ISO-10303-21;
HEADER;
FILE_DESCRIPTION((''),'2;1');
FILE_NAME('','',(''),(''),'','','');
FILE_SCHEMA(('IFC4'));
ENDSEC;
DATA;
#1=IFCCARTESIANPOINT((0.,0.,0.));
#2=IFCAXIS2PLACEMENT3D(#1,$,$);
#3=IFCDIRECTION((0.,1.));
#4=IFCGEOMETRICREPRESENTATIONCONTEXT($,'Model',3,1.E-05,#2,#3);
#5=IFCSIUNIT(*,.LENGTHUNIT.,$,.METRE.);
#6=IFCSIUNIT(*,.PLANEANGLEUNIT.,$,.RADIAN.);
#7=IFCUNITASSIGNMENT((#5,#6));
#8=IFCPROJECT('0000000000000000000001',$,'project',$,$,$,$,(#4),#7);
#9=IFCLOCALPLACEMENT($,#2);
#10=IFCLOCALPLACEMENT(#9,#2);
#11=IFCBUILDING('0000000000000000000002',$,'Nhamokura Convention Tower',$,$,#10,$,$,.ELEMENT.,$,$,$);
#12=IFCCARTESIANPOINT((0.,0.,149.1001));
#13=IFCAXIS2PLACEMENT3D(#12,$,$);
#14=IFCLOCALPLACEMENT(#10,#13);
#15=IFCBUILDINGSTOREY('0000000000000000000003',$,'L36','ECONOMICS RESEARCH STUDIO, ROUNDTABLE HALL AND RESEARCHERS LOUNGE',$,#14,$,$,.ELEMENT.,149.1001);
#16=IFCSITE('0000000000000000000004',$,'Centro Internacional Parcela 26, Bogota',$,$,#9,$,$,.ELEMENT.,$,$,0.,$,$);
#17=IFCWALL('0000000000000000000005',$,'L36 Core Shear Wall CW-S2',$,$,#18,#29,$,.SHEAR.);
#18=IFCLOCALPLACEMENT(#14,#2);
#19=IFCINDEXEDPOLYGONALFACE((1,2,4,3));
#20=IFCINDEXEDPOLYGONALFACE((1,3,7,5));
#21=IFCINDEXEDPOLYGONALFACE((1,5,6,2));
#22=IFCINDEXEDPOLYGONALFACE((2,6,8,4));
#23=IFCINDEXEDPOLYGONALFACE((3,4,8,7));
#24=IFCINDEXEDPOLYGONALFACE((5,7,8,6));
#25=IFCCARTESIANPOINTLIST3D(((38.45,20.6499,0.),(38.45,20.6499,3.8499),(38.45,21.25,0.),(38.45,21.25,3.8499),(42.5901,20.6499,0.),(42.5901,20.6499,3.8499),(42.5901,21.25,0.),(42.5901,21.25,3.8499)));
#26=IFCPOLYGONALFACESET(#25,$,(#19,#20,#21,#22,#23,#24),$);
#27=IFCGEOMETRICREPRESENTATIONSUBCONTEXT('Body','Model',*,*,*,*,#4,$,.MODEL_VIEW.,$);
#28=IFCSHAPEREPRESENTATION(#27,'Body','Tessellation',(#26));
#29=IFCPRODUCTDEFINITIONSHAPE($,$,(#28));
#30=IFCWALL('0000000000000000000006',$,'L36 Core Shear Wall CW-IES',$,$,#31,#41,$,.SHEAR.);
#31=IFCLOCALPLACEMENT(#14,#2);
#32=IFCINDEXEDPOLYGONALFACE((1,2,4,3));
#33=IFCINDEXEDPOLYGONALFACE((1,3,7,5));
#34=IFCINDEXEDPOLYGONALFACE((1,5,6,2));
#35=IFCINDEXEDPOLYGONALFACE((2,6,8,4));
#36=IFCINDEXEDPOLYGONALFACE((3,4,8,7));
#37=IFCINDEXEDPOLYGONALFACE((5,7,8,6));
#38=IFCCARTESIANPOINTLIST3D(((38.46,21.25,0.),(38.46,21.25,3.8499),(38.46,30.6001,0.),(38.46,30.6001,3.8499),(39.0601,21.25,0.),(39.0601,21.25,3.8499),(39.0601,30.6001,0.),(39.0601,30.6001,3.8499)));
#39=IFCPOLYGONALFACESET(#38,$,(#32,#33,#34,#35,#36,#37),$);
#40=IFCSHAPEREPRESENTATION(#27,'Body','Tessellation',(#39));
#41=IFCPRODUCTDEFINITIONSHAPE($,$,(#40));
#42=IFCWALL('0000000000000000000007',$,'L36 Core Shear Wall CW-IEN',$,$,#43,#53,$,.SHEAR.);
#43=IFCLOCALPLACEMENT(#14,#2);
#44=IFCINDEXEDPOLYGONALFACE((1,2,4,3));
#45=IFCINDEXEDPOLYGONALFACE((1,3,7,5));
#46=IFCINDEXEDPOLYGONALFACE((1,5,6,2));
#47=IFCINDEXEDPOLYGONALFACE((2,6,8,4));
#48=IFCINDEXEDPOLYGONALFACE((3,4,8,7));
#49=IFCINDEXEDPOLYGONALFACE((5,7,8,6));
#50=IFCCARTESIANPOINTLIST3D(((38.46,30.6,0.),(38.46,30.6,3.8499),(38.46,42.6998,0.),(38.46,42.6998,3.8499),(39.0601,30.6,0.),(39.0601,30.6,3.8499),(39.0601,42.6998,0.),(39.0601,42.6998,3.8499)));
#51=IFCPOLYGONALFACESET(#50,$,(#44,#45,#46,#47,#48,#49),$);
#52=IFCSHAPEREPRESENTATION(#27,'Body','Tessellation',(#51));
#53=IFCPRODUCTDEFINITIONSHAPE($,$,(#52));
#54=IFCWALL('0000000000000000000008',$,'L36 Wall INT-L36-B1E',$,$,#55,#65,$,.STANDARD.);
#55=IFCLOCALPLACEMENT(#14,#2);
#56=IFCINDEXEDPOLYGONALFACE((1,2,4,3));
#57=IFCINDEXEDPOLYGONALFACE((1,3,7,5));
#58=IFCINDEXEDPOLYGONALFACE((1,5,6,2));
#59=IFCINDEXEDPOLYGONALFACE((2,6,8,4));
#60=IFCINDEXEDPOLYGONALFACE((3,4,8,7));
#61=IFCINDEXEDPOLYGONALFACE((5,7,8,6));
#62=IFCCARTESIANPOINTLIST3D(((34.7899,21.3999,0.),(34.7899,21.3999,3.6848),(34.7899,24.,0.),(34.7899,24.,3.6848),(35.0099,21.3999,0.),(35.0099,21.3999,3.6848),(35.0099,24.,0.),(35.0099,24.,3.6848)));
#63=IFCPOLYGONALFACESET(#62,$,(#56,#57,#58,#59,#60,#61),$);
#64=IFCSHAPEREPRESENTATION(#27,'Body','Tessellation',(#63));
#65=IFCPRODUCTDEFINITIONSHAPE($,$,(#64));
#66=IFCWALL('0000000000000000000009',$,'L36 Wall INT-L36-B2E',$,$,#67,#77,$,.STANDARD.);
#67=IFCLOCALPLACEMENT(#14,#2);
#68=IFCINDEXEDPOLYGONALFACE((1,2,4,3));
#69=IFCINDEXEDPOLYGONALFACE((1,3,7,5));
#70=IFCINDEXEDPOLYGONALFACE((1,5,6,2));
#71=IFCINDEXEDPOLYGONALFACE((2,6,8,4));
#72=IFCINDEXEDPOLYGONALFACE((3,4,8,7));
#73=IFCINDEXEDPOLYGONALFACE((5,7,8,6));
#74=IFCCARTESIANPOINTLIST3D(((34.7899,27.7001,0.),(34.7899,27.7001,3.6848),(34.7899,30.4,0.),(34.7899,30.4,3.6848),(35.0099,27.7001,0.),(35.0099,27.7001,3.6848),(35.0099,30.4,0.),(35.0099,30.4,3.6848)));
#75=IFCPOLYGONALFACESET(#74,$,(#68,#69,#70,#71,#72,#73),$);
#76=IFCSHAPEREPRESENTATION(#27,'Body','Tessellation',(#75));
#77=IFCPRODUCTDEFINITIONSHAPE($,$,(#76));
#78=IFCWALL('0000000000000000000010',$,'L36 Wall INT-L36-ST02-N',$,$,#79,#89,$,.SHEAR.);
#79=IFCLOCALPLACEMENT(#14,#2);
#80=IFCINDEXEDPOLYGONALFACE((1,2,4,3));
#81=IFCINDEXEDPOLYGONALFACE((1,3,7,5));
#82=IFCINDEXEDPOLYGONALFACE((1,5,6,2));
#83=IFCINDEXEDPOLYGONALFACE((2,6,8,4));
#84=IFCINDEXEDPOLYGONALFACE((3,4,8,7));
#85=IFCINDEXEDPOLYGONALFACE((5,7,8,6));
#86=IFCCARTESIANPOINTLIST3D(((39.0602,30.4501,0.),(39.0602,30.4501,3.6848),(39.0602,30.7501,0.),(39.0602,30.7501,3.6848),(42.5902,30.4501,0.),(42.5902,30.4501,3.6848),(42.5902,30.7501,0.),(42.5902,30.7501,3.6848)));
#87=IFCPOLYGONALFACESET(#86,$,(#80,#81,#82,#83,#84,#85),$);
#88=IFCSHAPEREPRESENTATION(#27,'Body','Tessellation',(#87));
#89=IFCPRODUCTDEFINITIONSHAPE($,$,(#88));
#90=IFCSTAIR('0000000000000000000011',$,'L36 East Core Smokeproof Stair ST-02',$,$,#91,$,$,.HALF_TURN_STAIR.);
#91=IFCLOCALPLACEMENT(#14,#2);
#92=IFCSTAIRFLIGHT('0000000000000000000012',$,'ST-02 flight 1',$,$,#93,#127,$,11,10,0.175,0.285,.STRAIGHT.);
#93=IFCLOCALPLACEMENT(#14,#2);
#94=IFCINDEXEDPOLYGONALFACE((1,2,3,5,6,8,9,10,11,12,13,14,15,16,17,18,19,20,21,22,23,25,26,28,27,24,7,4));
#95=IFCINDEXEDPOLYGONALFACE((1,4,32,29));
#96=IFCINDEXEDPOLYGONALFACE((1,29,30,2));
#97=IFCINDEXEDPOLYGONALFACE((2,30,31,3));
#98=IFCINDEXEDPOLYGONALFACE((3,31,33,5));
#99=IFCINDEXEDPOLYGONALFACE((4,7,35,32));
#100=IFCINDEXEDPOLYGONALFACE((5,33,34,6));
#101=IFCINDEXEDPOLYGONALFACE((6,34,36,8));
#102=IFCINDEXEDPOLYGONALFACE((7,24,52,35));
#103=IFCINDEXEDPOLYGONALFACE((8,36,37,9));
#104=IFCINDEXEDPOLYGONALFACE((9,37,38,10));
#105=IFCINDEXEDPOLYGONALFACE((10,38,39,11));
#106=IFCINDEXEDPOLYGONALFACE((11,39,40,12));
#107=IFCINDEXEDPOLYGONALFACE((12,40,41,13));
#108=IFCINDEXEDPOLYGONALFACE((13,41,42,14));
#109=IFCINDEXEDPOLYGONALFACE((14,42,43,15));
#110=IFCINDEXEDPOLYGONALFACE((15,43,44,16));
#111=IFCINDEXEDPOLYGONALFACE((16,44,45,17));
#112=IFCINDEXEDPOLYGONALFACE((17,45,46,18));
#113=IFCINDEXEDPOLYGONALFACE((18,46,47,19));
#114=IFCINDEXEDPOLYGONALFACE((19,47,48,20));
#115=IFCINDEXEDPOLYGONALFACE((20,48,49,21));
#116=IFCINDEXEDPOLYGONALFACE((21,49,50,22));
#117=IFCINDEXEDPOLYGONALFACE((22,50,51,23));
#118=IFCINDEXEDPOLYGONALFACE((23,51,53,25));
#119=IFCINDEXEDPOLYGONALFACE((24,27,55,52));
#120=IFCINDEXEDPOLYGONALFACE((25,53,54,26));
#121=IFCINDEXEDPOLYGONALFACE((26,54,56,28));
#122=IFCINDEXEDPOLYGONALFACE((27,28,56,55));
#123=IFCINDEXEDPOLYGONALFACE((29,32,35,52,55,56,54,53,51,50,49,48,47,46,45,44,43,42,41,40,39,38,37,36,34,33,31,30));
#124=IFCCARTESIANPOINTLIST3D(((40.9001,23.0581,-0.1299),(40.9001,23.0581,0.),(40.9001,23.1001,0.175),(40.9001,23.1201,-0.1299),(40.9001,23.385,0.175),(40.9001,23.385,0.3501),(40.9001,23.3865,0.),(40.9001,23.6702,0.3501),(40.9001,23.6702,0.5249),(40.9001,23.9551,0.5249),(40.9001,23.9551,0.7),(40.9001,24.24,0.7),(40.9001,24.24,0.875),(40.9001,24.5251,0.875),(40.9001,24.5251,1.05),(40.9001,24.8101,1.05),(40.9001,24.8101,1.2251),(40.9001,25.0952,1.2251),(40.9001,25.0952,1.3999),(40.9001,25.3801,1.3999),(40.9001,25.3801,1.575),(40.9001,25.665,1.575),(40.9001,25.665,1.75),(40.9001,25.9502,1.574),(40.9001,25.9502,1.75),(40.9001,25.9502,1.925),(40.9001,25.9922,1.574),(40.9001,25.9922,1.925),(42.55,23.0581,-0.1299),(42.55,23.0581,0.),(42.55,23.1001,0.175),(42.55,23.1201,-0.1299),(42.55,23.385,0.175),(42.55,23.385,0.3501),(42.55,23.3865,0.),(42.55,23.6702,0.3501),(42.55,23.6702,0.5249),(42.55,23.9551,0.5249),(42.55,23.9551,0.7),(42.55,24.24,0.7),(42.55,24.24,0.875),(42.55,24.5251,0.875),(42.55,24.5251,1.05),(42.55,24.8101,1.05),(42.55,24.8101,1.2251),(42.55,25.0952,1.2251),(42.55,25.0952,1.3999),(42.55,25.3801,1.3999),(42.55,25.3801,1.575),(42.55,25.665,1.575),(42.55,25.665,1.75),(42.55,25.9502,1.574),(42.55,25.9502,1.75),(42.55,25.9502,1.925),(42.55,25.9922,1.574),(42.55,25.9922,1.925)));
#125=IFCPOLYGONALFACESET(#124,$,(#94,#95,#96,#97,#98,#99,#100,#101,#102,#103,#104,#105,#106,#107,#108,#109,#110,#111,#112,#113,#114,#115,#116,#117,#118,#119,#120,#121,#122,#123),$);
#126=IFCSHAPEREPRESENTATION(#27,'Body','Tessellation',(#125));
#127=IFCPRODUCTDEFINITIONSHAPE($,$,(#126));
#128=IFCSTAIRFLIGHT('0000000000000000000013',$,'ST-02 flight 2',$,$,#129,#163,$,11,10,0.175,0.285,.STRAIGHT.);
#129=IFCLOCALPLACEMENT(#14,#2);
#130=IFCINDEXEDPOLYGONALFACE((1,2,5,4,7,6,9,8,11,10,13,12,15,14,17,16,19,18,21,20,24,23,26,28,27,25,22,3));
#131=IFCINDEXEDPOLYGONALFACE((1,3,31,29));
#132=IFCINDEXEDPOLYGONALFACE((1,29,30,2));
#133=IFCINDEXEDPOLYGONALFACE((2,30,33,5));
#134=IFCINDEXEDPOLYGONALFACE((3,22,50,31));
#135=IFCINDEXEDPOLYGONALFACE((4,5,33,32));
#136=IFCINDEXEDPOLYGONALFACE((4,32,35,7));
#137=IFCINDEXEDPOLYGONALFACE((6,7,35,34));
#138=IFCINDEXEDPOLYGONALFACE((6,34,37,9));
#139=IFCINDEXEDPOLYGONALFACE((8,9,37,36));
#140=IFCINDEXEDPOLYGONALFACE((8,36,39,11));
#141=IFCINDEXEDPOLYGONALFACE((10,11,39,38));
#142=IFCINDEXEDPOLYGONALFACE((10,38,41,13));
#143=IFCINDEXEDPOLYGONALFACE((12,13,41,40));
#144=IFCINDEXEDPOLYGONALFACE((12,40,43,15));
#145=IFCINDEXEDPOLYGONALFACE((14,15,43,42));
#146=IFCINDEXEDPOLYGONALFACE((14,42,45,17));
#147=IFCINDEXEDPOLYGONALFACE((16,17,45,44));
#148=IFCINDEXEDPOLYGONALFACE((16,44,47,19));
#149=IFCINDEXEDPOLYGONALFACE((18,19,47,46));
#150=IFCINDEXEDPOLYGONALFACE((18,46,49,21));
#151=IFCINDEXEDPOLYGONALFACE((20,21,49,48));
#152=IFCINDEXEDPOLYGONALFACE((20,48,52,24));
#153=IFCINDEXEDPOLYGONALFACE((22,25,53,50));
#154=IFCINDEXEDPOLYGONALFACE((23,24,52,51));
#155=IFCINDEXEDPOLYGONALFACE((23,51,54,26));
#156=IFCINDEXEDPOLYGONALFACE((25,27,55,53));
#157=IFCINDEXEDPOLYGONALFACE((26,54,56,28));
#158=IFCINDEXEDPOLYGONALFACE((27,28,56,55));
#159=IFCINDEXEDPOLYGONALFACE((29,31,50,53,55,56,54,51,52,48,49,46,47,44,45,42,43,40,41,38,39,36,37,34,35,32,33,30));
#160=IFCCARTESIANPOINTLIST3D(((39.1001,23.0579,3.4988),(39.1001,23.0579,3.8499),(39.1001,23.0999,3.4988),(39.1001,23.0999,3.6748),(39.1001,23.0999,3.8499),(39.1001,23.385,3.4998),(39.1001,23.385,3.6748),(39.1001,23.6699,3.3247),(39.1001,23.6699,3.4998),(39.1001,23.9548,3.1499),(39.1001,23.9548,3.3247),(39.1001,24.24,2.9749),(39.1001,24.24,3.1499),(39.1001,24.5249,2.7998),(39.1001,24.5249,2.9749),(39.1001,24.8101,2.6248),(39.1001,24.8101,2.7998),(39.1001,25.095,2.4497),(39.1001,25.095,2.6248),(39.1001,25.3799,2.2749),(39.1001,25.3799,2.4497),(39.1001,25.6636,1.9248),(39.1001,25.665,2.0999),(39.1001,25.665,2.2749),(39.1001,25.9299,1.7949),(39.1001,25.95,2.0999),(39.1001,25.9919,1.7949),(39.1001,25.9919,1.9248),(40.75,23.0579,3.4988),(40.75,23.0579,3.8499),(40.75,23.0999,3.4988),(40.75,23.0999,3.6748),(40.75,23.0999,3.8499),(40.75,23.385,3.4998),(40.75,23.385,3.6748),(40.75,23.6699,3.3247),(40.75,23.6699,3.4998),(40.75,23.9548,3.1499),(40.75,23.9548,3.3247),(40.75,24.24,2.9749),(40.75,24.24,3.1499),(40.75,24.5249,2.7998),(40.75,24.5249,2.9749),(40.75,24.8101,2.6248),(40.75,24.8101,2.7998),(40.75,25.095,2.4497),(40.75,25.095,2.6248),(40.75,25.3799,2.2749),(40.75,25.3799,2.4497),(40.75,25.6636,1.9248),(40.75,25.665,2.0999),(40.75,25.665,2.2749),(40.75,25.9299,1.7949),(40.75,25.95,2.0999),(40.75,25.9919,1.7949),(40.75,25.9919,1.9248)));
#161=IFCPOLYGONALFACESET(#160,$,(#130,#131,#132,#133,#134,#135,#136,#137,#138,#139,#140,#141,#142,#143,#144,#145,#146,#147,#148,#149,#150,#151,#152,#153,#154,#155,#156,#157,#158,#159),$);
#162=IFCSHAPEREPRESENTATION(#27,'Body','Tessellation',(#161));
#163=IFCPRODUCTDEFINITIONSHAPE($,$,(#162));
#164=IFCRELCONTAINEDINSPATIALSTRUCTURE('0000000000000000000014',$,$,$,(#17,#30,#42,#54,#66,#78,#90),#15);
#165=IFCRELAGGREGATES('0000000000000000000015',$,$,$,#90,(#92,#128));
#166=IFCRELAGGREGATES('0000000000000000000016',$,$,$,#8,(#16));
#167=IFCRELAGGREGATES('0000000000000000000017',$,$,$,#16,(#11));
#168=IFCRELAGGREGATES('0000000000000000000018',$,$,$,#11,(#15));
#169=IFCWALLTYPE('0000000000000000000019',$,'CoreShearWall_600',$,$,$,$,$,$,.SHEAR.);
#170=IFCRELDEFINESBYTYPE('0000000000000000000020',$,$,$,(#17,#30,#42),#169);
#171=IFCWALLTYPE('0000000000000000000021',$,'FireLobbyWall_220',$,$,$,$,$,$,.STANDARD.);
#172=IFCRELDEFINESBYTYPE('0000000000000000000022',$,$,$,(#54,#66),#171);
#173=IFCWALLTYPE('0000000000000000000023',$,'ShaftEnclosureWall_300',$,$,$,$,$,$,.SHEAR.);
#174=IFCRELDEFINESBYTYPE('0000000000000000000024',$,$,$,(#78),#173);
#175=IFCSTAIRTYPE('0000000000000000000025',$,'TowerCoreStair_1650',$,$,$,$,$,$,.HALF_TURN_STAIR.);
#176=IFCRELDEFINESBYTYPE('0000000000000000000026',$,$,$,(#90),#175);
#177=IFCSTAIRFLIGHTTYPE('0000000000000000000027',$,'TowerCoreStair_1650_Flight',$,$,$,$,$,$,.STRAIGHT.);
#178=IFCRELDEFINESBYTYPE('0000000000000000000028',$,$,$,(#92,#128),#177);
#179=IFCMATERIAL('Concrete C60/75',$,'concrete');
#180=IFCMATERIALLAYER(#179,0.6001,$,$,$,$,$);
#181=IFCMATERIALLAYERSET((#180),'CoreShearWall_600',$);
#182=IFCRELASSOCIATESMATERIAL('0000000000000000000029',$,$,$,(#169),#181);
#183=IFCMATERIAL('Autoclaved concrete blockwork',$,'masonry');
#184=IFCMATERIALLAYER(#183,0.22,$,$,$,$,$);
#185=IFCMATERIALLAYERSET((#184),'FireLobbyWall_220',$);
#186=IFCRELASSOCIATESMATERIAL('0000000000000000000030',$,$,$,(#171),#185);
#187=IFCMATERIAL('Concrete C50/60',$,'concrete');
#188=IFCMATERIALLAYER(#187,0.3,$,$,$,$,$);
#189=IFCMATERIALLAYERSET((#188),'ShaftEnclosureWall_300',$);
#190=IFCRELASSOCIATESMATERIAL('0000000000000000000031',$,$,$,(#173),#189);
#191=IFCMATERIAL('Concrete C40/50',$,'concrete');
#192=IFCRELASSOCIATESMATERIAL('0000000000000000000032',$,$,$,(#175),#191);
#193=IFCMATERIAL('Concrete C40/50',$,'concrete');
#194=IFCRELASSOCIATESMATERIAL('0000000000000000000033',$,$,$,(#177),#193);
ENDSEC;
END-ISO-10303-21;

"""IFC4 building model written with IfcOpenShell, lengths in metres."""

from ifc_helpers import new_model, si_unit, direction, frame, frame_2d, origin, place, context, subcontext, project, spatial, polyline, rectangle, outline, extrude, material, layer, layer_set, type_object, element, aggregate, save


model = new_model("IFC4")

# Units and contexts
model_context = context("Model", 3, precision=1e-05, world=origin(), true_north=direction((0.0, 1.0)))
body_context = subcontext(model_context, "Body", "Model", "MODEL_VIEW")
ifc_project = project(units=[si_unit("LENGTHUNIT", "METRE"), si_unit("PLANEANGLEUNIT", "RADIAN")], contexts=[model_context])

# Site, building, storey
site_placement = place(None, origin())
site = spatial("IfcSite", under=ifc_project, at=site_placement, Name="Centro Internacional Parcela 26, Bogota", CompositionType="ELEMENT", RefElevation=0.0)
building_placement = place(site_placement, origin())
building = spatial("IfcBuilding", under=site, at=building_placement, Name="Nhamokura Convention Tower", CompositionType="ELEMENT")
storey_placement = place(building_placement, frame((0.0, 0.0, 149.1001)))
storey = spatial("IfcBuildingStorey", under=building, at=storey_placement, Name="L36", Description="ECONOMICS RESEARCH STUDIO, ROUNDTABLE HALL AND RESEARCHERS LOUNGE", CompositionType="ELEMENT", Elevation=149.1001)

# Shared definitions
ifc_material_1 = material(Name="Concrete C60/75", Category="concrete")
ifc_layer_1 = layer(ifc_material_1, 0.6001)
ifc_layer_set_1 = layer_set([ifc_layer_1], Name="CoreShearWall_600")
wall_type_1 = type_object("IfcWallType", Name="CoreShearWall_600", PredefinedType="SHEAR", material=ifc_layer_set_1)

# Walls
wall_1_placement = place(storey_placement, frame((38.45, 20.95, 0.0), z_axis=(0.0, 0.0, 1.0), x_axis=(1.0, 0.0, 0.0)))
element("IfcWall", 1, at=wall_1_placement, inside=storey, type_object=wall_type_1, Name="L36 Core Shear Wall CW-S2", PredefinedType="SHEAR", context=body_context, shape_type="SweptSolid", body=[
    extrude(rectangle(XDim=4.1401, YDim=0.6001, at=frame_2d((2.0701, 0.0))), origin(), (0.0, 0.0, 1.0), 3.8499),
])
wall_2_placement = place(storey_placement, frame((38.76, 21.25, 0.0), z_axis=(0.0, 0.0, 1.0), x_axis=(0.0, 1.0, 0.0)))
element("IfcWall", 2, at=wall_2_placement, inside=storey, type_object=wall_type_1, Name="L36 Core Shear Wall CW-IES", PredefinedType="SHEAR", context=body_context, shape_type="SweptSolid", body=[
    extrude(rectangle(XDim=9.3501, YDim=0.6001, at=frame_2d((4.675, 0.0))), origin(), (0.0, 0.0, 1.0), 3.8499),
])
wall_3_placement = place(storey_placement, frame((38.76, 30.6001, 0.0), z_axis=(0.0, 0.0, 1.0), x_axis=(0.0, 1.0, 0.0)))
element("IfcWall", 3, at=wall_3_placement, inside=storey, type_object=wall_type_1, Name="L36 Core Shear Wall CW-IEN", PredefinedType="SHEAR", context=body_context, shape_type="SweptSolid", body=[
    extrude(rectangle(XDim=12.0999, YDim=0.6001, at=frame_2d((6.0498, 0.0))), origin(), (0.0, 0.0, 1.0), 3.8499),
])
ifc_material_2 = material(Name="Autoclaved concrete blockwork", Category="masonry")
ifc_layer_2 = layer(ifc_material_2, 0.22)
ifc_layer_set_2 = layer_set([ifc_layer_2], Name="FireLobbyWall_220")
wall_type_2 = type_object("IfcWallType", Name="FireLobbyWall_220", PredefinedType="STANDARD", material=ifc_layer_set_2)
wall_4_placement = place(storey_placement, frame((34.8999, 21.3999, 0.0), z_axis=(0.0, 0.0, 1.0), x_axis=(0.0, 1.0, 0.0)))
element("IfcWall", 4, at=wall_4_placement, inside=storey, type_object=wall_type_2, Name="L36 Wall INT-L36-B1E", PredefinedType="STANDARD", context=body_context, shape_type="SweptSolid", body=[
    extrude(rectangle(XDim=2.6001, YDim=0.22, at=frame_2d((1.3, 0.0))), origin(), (0.0, 0.0, 1.0), 3.6848),
])
wall_5_placement = place(storey_placement, frame((34.8999, 27.7, 0.0), z_axis=(0.0, 0.0, 1.0), x_axis=(0.0, 1.0, 0.0)))
element("IfcWall", 5, at=wall_5_placement, inside=storey, type_object=wall_type_2, Name="L36 Wall INT-L36-B2E", PredefinedType="STANDARD", context=body_context, shape_type="SweptSolid", body=[
    extrude(rectangle(XDim=2.7, YDim=0.22, at=frame_2d((1.3501, 0.0))), origin(), (0.0, 0.0, 1.0), 3.6848),
])
ifc_material_3 = material(Name="Concrete C50/60", Category="concrete")
ifc_layer_3 = layer(ifc_material_3, 0.3)
ifc_layer_set_3 = layer_set([ifc_layer_3], Name="ShaftEnclosureWall_300")
wall_type_3 = type_object("IfcWallType", Name="ShaftEnclosureWall_300", PredefinedType="SHEAR", material=ifc_layer_set_3)
wall_6_placement = place(storey_placement, frame((39.0601, 30.6001, 0.0), z_axis=(0.0, 0.0, 1.0), x_axis=(1.0, 0.0, 0.0)))
element("IfcWall", 6, at=wall_6_placement, inside=storey, type_object=wall_type_3, Name="L36 Wall INT-L36-ST02-N", PredefinedType="SHEAR", context=body_context, shape_type="SweptSolid", body=[
    extrude(rectangle(XDim=3.53, YDim=0.3, at=frame_2d((1.7651, 0.0))), origin(), (0.0, 0.0, 1.0), 3.6848),
])

# Stair, stair flights
ifc_material_4 = material(Name="Concrete C40/50", Category="concrete")
stair_type = type_object("IfcStairType", Name="TowerCoreStair_1650", PredefinedType="HALF_TURN_STAIR", material=ifc_material_4)
stair_placement = place(storey_placement, origin())
stair = element("IfcStair", 7, at=stair_placement, inside=storey, type_object=stair_type, Name="L36 East Core Smokeproof Stair ST-02", PredefinedType="HALF_TURN_STAIR")
ifc_material_5 = material(Name="Concrete C40/50", Category="concrete")
stair_flight_type = type_object("IfcStairFlightType", Name="TowerCoreStair_1650_Flight", PredefinedType="STRAIGHT", material=ifc_material_5)
stair_flight_1_placement = place(storey_placement, frame((41.7251, 23.1001, 0.0), z_axis=(0.0, 0.0, 1.0), x_axis=(0.0, 1.0, 0.0)))
stair_flight_1 = element("IfcStairFlight", 8, at=stair_flight_1_placement, type_object=stair_flight_type, Name="ST-02 flight 1", NumberOfRisers=11, NumberOfTreads=10, PredefinedType="STRAIGHT", RiserHeight=0.175, TreadLength=0.285, context=body_context, shape_type="SweptSolid", body=[
    extrude(outline(polyline([(-0.042, 0.0), (0.0, 0.175), (0.2849, 0.175), (0.2849, 0.3501), (0.5701, 0.3501), (0.5701, 0.5249), (0.855, 0.5249), (0.855, 0.7), (1.1399, 0.7), (1.1399, 0.875), (1.425, 0.875), (1.425, 1.05), (1.71, 1.05), (1.71, 1.2251), (1.9951, 1.2251), (1.9951, 1.3999), (2.28, 1.3999), (2.28, 1.575), (2.5649, 1.575), (2.5649, 1.75), (2.8501, 1.75), (2.8501, 1.925), (2.8921, 1.925), (2.8921, 1.574), (2.8501, 1.574), (0.2864, 0.0), (0.02, -0.1299), (-0.042, -0.1299), (-0.042, 0.0)])), frame((0.0, 0.825, 0.0), z_axis=(0.0, -1.0, 0.0), x_axis=(1.0, 0.0, 0.0)), (0.0, 0.0, 1.0), 1.6499),
])
stair_flight_2_placement = place(storey_placement, frame((39.925, 25.95, 1.9248), z_axis=(0.0, 0.0, 1.0), x_axis=(0.0, -1.0, 0.0)))
stair_flight_2 = element("IfcStairFlight", 9, at=stair_flight_2_placement, type_object=stair_flight_type, Name="ST-02 flight 2", NumberOfRisers=11, NumberOfTreads=10, PredefinedType="STRAIGHT", RiserHeight=0.175, TreadLength=0.285, context=body_context, shape_type="SweptSolid", body=[
    extrude(outline(polyline([(-0.042, 0.0), (0.0, 0.175), (0.2849, 0.175), (0.2849, 0.3501), (0.5701, 0.3501), (0.5701, 0.5249), (0.855, 0.5249), (0.855, 0.7), (1.1399, 0.7), (1.1399, 0.875), (1.425, 0.875), (1.425, 1.05), (1.71, 1.05), (1.71, 1.2251), (1.9951, 1.2251), (1.9951, 1.3999), (2.28, 1.3999), (2.28, 1.575), (2.5649, 1.575), (2.5649, 1.75), (2.8501, 1.75), (2.8501, 1.925), (2.8921, 1.925), (2.8921, 1.574), (2.8501, 1.574), (0.2864, 0.0), (0.02, -0.1299), (-0.042, -0.1299), (-0.042, 0.0)])), frame((0.0, 0.825, 0.0), z_axis=(0.0, -1.0, 0.0), x_axis=(1.0, 0.0, 0.0)), (0.0, 0.0, 1.0), 1.6499),
])
aggregate(stair, [stair_flight_1, stair_flight_2])

save(model, "model.ifc")
